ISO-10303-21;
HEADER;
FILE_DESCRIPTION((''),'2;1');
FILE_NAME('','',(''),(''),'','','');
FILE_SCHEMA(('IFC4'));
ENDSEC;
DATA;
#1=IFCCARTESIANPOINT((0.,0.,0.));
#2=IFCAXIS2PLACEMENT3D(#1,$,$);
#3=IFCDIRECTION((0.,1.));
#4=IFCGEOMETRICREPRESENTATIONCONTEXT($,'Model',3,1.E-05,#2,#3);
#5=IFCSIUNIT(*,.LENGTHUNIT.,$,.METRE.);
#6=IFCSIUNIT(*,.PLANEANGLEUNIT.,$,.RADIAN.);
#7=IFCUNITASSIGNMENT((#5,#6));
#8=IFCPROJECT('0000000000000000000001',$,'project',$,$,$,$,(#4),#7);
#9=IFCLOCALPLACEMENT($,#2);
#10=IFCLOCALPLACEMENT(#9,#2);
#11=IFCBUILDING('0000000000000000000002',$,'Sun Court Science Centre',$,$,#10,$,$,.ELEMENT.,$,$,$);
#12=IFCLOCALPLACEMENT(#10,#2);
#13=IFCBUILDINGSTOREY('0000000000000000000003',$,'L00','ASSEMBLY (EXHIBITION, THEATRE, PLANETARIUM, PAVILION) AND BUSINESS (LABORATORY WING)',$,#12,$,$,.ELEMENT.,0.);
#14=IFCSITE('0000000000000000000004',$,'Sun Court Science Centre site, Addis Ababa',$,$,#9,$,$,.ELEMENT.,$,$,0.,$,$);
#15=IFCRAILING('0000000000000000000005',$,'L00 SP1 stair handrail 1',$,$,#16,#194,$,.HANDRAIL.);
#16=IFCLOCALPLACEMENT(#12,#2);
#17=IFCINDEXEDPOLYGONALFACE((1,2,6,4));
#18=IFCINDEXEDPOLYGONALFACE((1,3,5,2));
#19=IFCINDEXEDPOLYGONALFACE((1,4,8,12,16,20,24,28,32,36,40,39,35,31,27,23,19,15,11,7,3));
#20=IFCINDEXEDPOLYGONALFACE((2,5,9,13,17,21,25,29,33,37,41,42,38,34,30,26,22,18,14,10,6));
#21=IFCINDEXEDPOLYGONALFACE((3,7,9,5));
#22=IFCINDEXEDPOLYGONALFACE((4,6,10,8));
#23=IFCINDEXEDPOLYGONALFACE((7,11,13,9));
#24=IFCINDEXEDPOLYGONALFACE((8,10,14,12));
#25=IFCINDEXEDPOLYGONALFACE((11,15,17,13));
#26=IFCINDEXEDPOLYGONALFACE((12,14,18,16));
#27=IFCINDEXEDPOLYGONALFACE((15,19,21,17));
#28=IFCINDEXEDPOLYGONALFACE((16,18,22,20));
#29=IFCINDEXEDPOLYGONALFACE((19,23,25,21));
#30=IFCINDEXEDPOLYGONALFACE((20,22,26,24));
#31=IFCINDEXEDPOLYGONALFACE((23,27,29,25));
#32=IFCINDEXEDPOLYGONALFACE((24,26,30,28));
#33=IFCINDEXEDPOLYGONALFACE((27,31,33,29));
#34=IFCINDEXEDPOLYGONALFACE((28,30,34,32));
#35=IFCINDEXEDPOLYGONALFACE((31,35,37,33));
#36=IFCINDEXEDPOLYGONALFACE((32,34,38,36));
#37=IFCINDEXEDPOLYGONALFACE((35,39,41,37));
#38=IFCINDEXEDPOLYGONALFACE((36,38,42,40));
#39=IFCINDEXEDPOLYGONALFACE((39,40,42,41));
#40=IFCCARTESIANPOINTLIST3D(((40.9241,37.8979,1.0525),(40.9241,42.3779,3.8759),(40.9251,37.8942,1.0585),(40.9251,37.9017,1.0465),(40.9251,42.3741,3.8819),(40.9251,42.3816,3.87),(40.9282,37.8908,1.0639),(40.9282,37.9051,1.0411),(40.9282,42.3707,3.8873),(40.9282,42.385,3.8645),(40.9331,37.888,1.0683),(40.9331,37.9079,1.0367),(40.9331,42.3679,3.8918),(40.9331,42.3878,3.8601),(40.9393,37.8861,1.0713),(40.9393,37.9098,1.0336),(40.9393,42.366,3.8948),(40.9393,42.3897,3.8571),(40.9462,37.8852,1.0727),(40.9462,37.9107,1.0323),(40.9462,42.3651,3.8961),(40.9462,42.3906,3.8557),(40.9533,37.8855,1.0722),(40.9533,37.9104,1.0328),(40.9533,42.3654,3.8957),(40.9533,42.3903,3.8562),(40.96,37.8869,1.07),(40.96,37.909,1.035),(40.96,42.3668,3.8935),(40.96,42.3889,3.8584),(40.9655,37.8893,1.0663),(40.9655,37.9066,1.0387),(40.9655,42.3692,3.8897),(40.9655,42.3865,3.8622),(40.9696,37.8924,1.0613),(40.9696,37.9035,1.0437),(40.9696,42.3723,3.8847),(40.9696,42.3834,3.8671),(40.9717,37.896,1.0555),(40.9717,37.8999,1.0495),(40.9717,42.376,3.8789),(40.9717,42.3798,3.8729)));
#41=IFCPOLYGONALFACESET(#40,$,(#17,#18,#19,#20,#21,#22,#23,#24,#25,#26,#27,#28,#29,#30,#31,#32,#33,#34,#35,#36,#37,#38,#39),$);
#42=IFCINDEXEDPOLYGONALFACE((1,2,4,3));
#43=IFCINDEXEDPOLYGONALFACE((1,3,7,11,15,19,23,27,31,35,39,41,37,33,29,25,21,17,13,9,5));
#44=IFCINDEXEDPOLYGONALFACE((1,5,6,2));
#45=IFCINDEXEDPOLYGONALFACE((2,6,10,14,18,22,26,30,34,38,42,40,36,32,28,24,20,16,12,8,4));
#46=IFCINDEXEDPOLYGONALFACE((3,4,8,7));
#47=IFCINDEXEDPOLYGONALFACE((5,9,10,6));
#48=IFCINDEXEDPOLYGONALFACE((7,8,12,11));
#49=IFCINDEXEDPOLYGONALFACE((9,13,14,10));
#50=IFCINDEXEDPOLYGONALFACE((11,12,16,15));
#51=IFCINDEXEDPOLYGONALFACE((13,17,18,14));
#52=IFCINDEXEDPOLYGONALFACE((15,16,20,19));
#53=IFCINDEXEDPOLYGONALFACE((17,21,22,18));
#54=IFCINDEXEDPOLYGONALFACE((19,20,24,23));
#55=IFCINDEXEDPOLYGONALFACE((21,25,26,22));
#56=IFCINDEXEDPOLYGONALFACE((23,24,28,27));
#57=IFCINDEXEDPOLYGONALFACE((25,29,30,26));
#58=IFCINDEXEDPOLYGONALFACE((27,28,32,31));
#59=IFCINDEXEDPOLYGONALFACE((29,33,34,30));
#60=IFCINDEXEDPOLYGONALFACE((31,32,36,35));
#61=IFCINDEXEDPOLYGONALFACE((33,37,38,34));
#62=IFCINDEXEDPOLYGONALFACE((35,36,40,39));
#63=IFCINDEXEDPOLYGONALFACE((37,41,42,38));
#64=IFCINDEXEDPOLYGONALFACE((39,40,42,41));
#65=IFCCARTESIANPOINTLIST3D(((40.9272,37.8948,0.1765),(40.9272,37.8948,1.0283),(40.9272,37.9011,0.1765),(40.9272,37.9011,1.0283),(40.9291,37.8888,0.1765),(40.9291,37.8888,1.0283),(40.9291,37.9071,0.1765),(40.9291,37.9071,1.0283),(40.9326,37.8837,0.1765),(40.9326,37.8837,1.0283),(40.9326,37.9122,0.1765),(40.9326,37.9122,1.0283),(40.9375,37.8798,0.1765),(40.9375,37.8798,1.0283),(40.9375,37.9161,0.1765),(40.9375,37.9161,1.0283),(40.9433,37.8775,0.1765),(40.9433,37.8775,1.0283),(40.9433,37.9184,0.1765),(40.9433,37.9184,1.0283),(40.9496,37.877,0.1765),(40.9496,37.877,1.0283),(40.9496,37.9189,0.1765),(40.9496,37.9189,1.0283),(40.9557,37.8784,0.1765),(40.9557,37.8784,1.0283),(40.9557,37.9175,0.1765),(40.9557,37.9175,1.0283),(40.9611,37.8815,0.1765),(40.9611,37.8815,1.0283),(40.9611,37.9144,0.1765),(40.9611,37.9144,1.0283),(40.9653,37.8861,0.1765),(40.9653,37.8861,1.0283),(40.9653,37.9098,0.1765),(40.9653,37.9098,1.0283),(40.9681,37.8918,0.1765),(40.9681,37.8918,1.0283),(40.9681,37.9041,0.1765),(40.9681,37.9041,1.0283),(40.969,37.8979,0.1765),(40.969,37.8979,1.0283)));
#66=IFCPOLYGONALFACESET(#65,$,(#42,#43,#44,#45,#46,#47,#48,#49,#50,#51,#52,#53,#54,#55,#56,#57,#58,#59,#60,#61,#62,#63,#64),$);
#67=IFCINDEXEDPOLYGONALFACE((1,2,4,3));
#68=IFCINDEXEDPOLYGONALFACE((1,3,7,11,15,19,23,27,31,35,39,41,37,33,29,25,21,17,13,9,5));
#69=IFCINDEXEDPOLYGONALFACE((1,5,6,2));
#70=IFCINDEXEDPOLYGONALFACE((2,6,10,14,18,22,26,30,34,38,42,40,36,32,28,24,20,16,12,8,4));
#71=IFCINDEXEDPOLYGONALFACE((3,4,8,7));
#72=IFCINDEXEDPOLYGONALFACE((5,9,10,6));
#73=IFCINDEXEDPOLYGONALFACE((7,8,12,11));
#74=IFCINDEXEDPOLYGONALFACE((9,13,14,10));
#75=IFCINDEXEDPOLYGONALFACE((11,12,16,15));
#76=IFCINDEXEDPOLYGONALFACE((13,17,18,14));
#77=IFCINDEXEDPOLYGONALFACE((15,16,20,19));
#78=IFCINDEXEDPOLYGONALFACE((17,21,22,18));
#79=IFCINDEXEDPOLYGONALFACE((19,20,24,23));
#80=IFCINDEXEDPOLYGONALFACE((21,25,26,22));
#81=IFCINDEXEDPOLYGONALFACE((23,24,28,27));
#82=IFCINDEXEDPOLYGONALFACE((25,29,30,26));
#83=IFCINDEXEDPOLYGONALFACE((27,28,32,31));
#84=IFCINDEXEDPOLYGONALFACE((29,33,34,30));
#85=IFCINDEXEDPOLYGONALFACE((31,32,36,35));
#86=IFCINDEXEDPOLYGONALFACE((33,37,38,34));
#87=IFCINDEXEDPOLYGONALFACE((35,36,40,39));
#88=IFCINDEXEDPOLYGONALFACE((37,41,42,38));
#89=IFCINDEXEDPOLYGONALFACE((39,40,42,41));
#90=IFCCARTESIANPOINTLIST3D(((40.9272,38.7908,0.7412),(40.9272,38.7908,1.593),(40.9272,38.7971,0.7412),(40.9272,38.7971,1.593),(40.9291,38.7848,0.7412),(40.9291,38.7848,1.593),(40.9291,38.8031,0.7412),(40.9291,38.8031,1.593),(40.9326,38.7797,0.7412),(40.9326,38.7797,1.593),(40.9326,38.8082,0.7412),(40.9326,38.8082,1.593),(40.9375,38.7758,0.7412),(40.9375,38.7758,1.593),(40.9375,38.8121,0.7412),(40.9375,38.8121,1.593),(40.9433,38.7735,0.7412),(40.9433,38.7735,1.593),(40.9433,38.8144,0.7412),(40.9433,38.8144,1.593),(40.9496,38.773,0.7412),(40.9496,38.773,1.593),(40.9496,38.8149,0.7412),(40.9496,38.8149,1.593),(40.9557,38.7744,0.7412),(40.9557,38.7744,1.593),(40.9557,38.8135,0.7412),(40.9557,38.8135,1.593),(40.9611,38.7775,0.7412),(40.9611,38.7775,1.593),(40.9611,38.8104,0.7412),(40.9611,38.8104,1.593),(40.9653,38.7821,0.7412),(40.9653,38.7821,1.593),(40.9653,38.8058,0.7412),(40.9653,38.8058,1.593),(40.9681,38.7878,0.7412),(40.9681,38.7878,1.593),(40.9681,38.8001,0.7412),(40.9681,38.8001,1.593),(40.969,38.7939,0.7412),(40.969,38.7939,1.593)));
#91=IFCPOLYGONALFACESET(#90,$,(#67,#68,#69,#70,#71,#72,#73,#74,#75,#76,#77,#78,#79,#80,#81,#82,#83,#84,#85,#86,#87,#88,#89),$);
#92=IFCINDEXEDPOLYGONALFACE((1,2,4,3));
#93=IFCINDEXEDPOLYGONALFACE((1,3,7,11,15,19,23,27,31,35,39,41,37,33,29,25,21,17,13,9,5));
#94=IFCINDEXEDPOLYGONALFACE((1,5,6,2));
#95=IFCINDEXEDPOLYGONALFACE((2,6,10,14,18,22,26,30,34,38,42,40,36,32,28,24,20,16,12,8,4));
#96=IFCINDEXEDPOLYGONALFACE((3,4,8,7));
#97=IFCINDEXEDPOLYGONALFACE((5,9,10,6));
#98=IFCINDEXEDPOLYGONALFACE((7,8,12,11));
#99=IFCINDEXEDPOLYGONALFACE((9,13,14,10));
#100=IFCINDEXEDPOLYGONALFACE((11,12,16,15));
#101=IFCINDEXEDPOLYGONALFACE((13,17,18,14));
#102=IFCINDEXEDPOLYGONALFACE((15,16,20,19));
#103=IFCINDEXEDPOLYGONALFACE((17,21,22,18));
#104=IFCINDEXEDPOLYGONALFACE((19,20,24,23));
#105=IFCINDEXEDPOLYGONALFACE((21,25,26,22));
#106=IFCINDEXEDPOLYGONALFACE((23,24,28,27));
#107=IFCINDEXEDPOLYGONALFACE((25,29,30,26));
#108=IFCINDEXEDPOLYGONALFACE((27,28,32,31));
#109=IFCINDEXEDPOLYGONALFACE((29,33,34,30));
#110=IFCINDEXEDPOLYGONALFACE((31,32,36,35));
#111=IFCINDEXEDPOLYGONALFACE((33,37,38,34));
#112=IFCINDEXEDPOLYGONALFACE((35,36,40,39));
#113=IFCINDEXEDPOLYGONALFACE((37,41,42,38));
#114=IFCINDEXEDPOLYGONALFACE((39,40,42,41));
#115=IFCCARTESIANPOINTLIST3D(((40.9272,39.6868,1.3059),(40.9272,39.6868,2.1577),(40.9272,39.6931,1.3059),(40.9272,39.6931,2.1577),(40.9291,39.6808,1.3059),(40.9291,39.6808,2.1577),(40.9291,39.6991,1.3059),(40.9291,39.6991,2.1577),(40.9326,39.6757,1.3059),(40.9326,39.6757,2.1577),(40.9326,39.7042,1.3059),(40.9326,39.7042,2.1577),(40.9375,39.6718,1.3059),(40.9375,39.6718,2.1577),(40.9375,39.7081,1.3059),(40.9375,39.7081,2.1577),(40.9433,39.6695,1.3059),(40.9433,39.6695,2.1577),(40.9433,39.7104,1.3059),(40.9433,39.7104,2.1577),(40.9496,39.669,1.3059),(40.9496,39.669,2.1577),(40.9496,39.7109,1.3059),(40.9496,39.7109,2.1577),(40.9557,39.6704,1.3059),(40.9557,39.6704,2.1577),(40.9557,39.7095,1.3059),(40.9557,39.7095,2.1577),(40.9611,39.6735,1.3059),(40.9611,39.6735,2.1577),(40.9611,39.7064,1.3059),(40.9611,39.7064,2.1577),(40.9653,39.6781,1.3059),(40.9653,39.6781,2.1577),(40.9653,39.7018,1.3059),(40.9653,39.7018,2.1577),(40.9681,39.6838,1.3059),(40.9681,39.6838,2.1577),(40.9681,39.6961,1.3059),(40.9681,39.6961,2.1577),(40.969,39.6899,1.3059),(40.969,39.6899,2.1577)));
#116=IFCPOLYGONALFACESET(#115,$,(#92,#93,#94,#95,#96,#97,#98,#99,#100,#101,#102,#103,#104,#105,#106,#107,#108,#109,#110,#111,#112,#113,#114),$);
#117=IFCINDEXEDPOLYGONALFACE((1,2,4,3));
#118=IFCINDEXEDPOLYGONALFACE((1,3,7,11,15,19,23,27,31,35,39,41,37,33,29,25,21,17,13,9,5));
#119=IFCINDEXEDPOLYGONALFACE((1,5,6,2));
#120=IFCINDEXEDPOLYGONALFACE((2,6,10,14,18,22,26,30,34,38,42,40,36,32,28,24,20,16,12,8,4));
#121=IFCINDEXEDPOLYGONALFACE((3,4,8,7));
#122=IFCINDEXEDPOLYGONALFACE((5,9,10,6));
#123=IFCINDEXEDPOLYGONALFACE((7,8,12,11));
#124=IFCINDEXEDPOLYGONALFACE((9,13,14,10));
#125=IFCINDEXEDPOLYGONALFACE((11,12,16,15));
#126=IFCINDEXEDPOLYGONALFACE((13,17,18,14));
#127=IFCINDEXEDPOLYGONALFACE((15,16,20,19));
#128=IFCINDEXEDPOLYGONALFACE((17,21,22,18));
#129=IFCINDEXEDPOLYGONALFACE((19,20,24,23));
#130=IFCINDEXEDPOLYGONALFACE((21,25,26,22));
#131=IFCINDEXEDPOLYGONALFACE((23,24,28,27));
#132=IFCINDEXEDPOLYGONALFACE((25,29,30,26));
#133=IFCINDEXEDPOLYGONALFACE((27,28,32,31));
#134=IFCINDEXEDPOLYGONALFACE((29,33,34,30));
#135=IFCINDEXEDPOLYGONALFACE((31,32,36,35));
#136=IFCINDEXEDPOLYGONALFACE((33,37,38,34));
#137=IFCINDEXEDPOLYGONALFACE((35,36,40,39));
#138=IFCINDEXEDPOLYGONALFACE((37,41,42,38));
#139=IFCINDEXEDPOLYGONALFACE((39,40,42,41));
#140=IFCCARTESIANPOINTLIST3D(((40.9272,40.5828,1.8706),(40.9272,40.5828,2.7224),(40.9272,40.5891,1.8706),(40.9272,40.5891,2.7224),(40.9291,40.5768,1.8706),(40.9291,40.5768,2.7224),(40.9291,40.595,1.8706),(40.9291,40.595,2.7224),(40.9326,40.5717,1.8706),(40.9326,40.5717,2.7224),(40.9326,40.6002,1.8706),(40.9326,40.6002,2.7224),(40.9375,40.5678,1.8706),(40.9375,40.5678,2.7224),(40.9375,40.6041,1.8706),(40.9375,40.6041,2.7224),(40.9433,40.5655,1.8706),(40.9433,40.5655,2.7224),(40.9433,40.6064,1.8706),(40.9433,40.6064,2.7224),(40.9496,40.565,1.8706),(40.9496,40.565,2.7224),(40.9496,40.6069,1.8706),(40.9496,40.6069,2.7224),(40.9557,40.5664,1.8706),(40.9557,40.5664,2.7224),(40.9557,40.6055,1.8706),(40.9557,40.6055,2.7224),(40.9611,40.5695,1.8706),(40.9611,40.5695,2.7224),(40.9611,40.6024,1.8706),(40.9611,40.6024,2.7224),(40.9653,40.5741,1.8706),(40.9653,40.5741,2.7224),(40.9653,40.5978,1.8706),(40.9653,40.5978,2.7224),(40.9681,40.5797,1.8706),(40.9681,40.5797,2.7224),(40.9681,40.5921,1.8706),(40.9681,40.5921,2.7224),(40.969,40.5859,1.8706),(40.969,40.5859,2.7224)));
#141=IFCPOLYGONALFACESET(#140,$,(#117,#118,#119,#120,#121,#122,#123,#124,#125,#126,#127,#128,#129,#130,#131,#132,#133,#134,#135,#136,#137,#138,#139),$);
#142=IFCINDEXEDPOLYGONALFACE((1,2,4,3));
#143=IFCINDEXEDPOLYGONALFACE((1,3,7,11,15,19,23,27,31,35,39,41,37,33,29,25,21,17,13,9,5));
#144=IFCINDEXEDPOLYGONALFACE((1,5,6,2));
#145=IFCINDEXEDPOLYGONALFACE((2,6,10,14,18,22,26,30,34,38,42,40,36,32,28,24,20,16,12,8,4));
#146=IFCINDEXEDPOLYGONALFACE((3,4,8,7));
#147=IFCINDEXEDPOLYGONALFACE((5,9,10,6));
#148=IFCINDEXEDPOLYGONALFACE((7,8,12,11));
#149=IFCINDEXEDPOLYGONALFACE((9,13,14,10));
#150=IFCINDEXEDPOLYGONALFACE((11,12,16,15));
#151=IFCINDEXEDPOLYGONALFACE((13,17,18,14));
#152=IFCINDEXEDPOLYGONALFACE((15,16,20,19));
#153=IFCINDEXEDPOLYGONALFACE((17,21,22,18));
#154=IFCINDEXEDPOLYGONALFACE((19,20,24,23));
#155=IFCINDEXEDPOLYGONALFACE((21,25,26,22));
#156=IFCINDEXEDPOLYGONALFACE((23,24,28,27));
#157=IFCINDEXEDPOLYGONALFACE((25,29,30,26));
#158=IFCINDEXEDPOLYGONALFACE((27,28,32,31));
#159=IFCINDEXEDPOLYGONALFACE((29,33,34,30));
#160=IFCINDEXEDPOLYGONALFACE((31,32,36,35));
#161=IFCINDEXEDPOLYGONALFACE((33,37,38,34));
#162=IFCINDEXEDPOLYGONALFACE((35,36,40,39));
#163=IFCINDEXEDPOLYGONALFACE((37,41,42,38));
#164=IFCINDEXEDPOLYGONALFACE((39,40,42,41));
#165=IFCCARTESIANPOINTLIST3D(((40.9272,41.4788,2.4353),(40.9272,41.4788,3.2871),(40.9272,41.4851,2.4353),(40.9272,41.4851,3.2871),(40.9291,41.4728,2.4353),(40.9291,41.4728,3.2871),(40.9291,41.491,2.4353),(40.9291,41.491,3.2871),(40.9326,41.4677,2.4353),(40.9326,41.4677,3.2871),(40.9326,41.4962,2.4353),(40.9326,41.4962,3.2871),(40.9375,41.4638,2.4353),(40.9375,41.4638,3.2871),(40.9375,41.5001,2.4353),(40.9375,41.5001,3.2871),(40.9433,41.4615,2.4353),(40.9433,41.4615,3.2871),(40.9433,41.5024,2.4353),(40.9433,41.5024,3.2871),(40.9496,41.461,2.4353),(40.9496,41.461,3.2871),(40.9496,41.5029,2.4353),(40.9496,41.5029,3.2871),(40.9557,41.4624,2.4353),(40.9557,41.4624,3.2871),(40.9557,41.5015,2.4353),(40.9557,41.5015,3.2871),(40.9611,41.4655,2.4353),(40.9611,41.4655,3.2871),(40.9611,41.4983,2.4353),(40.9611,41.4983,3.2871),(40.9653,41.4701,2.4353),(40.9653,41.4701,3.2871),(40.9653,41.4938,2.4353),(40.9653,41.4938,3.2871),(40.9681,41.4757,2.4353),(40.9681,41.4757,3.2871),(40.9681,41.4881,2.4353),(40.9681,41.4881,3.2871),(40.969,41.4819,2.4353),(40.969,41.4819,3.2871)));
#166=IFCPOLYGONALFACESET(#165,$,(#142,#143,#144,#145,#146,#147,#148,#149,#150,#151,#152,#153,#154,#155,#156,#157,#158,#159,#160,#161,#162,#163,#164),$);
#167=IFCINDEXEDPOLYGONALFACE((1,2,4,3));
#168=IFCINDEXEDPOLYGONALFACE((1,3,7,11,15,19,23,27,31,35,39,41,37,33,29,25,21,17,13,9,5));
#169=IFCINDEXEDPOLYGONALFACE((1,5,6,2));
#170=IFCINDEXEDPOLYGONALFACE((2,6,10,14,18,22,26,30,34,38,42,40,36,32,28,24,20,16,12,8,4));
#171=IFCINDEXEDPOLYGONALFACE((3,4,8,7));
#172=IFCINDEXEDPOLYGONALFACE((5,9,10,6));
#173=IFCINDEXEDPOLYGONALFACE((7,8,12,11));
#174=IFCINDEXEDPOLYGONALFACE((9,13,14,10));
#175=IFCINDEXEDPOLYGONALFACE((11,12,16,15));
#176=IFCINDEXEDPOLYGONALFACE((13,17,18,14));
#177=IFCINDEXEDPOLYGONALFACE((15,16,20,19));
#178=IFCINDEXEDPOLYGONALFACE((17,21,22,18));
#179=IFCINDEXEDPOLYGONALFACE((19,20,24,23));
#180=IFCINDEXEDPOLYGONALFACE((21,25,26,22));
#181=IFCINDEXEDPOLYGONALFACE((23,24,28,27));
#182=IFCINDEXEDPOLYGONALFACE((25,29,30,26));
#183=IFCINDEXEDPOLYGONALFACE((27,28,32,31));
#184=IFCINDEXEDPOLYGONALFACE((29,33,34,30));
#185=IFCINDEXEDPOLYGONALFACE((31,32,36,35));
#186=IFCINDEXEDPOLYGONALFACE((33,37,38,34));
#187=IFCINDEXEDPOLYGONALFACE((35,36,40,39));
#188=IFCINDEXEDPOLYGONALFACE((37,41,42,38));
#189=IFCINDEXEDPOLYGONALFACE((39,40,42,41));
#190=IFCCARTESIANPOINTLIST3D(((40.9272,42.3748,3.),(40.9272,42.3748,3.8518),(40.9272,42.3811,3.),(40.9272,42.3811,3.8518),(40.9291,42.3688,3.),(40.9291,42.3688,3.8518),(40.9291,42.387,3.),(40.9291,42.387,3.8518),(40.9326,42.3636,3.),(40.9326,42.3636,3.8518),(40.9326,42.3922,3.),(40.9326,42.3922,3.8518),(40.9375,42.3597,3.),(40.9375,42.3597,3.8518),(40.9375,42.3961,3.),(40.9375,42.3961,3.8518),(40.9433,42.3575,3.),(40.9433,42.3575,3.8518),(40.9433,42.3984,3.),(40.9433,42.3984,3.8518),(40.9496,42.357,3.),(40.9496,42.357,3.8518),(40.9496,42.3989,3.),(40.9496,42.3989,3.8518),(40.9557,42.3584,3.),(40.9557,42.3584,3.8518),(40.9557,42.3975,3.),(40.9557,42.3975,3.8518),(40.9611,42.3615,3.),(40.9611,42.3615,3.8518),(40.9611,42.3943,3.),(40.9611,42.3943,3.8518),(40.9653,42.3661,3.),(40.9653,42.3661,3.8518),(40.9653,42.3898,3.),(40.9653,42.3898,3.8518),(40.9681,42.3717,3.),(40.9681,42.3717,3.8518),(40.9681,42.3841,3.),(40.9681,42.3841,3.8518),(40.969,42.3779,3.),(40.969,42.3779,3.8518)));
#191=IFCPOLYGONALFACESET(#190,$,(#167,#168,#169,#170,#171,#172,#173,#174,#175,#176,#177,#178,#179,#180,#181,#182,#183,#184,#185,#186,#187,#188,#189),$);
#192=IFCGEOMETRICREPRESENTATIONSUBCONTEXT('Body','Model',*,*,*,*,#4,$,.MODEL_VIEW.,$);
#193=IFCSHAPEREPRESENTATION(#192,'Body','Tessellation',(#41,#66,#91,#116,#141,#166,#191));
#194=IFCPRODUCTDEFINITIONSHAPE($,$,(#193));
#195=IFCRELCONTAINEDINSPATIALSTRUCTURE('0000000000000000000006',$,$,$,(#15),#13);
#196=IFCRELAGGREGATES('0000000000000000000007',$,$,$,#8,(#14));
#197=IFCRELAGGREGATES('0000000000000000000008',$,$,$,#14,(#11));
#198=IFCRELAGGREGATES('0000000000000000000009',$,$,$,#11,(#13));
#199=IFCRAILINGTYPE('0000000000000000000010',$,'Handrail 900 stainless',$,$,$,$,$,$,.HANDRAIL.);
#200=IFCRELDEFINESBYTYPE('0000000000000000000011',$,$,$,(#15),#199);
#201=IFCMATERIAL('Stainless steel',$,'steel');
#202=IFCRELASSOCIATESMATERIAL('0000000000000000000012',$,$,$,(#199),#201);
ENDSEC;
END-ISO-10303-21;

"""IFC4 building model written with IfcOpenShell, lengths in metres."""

from ifc_helpers import new_model, si_unit, direction, frame, origin, origin_2d, place, context, subcontext, project, spatial, circle, extrude, material, type_object, element, save


model = new_model("IFC4")

# Units and contexts
model_context = context("Model", 3, precision=1e-05, world=origin(), true_north=direction((0.0, 1.0)))
body_context = subcontext(model_context, "Body", "Model", "MODEL_VIEW")
ifc_project = project(units=[si_unit("LENGTHUNIT", "METRE"), si_unit("PLANEANGLEUNIT", "RADIAN")], contexts=[model_context])

# Site, building, storey
site_placement = place(None, origin())
site = spatial("IfcSite", under=ifc_project, at=site_placement, Name="Sun Court Science Centre site, Addis Ababa", CompositionType="ELEMENT", RefElevation=0.0)
building_placement = place(site_placement, origin())
building = spatial("IfcBuilding", under=site, at=building_placement, Name="Sun Court Science Centre", CompositionType="ELEMENT")
storey_placement = place(building_placement, origin())
storey = spatial("IfcBuildingStorey", under=building, at=storey_placement, Name="L00", Description="ASSEMBLY (EXHIBITION, THEATRE, PLANETARIUM, PAVILION) AND BUSINESS (LABORATORY WING)", CompositionType="ELEMENT", Elevation=0.0)

# Railing
ifc_material_1 = material(Name="Stainless steel", Category="steel")
railing_type_1 = type_object("IfcRailingType", Name="Handrail 900 stainless", PredefinedType="HANDRAIL", material=ifc_material_1)
railing_1_placement = place(storey_placement, frame((40.948, 37.8979, 0.1765)))
element("IfcRailing", 1, at=railing_1_placement, inside=storey, type_object=railing_type_1, Name="L00 SP1 stair handrail 1", PredefinedType="HANDRAIL", context=body_context, shape_type="SweptSolid", body=[
    extrude(circle(Radius=0.0239, at=origin_2d()), frame((0.0, 0.0, 0.876), z_axis=(0.0, 0.845998, 0.533186), x_axis=(-1.0, 0.0, 0.0)), (0.0, 0.0, 1.0), 5.2954),
    extrude(circle(Radius=0.021, at=origin_2d()), origin(), (0.0, 0.0, 1.0), 0.8518),
    extrude(circle(Radius=0.021, at=origin_2d()), frame((0.0, 0.896, 0.5647)), (0.0, 0.0, 1.0), 0.8518),
    extrude(circle(Radius=0.021, at=origin_2d()), frame((0.0, 1.792, 1.1294)), (0.0, 0.0, 1.0), 0.8518),
    extrude(circle(Radius=0.021, at=origin_2d()), frame((0.0, 2.688, 1.6941)), (0.0, 0.0, 1.0), 0.8518),
    extrude(circle(Radius=0.021, at=origin_2d()), frame((0.0, 3.584, 2.2588)), (0.0, 0.0, 1.0), 0.8518),
    extrude(circle(Radius=0.021, at=origin_2d()), frame((0.0, 4.48, 2.8235)), (0.0, 0.0, 1.0), 0.8518),
])

save(model, "model.ifc")
